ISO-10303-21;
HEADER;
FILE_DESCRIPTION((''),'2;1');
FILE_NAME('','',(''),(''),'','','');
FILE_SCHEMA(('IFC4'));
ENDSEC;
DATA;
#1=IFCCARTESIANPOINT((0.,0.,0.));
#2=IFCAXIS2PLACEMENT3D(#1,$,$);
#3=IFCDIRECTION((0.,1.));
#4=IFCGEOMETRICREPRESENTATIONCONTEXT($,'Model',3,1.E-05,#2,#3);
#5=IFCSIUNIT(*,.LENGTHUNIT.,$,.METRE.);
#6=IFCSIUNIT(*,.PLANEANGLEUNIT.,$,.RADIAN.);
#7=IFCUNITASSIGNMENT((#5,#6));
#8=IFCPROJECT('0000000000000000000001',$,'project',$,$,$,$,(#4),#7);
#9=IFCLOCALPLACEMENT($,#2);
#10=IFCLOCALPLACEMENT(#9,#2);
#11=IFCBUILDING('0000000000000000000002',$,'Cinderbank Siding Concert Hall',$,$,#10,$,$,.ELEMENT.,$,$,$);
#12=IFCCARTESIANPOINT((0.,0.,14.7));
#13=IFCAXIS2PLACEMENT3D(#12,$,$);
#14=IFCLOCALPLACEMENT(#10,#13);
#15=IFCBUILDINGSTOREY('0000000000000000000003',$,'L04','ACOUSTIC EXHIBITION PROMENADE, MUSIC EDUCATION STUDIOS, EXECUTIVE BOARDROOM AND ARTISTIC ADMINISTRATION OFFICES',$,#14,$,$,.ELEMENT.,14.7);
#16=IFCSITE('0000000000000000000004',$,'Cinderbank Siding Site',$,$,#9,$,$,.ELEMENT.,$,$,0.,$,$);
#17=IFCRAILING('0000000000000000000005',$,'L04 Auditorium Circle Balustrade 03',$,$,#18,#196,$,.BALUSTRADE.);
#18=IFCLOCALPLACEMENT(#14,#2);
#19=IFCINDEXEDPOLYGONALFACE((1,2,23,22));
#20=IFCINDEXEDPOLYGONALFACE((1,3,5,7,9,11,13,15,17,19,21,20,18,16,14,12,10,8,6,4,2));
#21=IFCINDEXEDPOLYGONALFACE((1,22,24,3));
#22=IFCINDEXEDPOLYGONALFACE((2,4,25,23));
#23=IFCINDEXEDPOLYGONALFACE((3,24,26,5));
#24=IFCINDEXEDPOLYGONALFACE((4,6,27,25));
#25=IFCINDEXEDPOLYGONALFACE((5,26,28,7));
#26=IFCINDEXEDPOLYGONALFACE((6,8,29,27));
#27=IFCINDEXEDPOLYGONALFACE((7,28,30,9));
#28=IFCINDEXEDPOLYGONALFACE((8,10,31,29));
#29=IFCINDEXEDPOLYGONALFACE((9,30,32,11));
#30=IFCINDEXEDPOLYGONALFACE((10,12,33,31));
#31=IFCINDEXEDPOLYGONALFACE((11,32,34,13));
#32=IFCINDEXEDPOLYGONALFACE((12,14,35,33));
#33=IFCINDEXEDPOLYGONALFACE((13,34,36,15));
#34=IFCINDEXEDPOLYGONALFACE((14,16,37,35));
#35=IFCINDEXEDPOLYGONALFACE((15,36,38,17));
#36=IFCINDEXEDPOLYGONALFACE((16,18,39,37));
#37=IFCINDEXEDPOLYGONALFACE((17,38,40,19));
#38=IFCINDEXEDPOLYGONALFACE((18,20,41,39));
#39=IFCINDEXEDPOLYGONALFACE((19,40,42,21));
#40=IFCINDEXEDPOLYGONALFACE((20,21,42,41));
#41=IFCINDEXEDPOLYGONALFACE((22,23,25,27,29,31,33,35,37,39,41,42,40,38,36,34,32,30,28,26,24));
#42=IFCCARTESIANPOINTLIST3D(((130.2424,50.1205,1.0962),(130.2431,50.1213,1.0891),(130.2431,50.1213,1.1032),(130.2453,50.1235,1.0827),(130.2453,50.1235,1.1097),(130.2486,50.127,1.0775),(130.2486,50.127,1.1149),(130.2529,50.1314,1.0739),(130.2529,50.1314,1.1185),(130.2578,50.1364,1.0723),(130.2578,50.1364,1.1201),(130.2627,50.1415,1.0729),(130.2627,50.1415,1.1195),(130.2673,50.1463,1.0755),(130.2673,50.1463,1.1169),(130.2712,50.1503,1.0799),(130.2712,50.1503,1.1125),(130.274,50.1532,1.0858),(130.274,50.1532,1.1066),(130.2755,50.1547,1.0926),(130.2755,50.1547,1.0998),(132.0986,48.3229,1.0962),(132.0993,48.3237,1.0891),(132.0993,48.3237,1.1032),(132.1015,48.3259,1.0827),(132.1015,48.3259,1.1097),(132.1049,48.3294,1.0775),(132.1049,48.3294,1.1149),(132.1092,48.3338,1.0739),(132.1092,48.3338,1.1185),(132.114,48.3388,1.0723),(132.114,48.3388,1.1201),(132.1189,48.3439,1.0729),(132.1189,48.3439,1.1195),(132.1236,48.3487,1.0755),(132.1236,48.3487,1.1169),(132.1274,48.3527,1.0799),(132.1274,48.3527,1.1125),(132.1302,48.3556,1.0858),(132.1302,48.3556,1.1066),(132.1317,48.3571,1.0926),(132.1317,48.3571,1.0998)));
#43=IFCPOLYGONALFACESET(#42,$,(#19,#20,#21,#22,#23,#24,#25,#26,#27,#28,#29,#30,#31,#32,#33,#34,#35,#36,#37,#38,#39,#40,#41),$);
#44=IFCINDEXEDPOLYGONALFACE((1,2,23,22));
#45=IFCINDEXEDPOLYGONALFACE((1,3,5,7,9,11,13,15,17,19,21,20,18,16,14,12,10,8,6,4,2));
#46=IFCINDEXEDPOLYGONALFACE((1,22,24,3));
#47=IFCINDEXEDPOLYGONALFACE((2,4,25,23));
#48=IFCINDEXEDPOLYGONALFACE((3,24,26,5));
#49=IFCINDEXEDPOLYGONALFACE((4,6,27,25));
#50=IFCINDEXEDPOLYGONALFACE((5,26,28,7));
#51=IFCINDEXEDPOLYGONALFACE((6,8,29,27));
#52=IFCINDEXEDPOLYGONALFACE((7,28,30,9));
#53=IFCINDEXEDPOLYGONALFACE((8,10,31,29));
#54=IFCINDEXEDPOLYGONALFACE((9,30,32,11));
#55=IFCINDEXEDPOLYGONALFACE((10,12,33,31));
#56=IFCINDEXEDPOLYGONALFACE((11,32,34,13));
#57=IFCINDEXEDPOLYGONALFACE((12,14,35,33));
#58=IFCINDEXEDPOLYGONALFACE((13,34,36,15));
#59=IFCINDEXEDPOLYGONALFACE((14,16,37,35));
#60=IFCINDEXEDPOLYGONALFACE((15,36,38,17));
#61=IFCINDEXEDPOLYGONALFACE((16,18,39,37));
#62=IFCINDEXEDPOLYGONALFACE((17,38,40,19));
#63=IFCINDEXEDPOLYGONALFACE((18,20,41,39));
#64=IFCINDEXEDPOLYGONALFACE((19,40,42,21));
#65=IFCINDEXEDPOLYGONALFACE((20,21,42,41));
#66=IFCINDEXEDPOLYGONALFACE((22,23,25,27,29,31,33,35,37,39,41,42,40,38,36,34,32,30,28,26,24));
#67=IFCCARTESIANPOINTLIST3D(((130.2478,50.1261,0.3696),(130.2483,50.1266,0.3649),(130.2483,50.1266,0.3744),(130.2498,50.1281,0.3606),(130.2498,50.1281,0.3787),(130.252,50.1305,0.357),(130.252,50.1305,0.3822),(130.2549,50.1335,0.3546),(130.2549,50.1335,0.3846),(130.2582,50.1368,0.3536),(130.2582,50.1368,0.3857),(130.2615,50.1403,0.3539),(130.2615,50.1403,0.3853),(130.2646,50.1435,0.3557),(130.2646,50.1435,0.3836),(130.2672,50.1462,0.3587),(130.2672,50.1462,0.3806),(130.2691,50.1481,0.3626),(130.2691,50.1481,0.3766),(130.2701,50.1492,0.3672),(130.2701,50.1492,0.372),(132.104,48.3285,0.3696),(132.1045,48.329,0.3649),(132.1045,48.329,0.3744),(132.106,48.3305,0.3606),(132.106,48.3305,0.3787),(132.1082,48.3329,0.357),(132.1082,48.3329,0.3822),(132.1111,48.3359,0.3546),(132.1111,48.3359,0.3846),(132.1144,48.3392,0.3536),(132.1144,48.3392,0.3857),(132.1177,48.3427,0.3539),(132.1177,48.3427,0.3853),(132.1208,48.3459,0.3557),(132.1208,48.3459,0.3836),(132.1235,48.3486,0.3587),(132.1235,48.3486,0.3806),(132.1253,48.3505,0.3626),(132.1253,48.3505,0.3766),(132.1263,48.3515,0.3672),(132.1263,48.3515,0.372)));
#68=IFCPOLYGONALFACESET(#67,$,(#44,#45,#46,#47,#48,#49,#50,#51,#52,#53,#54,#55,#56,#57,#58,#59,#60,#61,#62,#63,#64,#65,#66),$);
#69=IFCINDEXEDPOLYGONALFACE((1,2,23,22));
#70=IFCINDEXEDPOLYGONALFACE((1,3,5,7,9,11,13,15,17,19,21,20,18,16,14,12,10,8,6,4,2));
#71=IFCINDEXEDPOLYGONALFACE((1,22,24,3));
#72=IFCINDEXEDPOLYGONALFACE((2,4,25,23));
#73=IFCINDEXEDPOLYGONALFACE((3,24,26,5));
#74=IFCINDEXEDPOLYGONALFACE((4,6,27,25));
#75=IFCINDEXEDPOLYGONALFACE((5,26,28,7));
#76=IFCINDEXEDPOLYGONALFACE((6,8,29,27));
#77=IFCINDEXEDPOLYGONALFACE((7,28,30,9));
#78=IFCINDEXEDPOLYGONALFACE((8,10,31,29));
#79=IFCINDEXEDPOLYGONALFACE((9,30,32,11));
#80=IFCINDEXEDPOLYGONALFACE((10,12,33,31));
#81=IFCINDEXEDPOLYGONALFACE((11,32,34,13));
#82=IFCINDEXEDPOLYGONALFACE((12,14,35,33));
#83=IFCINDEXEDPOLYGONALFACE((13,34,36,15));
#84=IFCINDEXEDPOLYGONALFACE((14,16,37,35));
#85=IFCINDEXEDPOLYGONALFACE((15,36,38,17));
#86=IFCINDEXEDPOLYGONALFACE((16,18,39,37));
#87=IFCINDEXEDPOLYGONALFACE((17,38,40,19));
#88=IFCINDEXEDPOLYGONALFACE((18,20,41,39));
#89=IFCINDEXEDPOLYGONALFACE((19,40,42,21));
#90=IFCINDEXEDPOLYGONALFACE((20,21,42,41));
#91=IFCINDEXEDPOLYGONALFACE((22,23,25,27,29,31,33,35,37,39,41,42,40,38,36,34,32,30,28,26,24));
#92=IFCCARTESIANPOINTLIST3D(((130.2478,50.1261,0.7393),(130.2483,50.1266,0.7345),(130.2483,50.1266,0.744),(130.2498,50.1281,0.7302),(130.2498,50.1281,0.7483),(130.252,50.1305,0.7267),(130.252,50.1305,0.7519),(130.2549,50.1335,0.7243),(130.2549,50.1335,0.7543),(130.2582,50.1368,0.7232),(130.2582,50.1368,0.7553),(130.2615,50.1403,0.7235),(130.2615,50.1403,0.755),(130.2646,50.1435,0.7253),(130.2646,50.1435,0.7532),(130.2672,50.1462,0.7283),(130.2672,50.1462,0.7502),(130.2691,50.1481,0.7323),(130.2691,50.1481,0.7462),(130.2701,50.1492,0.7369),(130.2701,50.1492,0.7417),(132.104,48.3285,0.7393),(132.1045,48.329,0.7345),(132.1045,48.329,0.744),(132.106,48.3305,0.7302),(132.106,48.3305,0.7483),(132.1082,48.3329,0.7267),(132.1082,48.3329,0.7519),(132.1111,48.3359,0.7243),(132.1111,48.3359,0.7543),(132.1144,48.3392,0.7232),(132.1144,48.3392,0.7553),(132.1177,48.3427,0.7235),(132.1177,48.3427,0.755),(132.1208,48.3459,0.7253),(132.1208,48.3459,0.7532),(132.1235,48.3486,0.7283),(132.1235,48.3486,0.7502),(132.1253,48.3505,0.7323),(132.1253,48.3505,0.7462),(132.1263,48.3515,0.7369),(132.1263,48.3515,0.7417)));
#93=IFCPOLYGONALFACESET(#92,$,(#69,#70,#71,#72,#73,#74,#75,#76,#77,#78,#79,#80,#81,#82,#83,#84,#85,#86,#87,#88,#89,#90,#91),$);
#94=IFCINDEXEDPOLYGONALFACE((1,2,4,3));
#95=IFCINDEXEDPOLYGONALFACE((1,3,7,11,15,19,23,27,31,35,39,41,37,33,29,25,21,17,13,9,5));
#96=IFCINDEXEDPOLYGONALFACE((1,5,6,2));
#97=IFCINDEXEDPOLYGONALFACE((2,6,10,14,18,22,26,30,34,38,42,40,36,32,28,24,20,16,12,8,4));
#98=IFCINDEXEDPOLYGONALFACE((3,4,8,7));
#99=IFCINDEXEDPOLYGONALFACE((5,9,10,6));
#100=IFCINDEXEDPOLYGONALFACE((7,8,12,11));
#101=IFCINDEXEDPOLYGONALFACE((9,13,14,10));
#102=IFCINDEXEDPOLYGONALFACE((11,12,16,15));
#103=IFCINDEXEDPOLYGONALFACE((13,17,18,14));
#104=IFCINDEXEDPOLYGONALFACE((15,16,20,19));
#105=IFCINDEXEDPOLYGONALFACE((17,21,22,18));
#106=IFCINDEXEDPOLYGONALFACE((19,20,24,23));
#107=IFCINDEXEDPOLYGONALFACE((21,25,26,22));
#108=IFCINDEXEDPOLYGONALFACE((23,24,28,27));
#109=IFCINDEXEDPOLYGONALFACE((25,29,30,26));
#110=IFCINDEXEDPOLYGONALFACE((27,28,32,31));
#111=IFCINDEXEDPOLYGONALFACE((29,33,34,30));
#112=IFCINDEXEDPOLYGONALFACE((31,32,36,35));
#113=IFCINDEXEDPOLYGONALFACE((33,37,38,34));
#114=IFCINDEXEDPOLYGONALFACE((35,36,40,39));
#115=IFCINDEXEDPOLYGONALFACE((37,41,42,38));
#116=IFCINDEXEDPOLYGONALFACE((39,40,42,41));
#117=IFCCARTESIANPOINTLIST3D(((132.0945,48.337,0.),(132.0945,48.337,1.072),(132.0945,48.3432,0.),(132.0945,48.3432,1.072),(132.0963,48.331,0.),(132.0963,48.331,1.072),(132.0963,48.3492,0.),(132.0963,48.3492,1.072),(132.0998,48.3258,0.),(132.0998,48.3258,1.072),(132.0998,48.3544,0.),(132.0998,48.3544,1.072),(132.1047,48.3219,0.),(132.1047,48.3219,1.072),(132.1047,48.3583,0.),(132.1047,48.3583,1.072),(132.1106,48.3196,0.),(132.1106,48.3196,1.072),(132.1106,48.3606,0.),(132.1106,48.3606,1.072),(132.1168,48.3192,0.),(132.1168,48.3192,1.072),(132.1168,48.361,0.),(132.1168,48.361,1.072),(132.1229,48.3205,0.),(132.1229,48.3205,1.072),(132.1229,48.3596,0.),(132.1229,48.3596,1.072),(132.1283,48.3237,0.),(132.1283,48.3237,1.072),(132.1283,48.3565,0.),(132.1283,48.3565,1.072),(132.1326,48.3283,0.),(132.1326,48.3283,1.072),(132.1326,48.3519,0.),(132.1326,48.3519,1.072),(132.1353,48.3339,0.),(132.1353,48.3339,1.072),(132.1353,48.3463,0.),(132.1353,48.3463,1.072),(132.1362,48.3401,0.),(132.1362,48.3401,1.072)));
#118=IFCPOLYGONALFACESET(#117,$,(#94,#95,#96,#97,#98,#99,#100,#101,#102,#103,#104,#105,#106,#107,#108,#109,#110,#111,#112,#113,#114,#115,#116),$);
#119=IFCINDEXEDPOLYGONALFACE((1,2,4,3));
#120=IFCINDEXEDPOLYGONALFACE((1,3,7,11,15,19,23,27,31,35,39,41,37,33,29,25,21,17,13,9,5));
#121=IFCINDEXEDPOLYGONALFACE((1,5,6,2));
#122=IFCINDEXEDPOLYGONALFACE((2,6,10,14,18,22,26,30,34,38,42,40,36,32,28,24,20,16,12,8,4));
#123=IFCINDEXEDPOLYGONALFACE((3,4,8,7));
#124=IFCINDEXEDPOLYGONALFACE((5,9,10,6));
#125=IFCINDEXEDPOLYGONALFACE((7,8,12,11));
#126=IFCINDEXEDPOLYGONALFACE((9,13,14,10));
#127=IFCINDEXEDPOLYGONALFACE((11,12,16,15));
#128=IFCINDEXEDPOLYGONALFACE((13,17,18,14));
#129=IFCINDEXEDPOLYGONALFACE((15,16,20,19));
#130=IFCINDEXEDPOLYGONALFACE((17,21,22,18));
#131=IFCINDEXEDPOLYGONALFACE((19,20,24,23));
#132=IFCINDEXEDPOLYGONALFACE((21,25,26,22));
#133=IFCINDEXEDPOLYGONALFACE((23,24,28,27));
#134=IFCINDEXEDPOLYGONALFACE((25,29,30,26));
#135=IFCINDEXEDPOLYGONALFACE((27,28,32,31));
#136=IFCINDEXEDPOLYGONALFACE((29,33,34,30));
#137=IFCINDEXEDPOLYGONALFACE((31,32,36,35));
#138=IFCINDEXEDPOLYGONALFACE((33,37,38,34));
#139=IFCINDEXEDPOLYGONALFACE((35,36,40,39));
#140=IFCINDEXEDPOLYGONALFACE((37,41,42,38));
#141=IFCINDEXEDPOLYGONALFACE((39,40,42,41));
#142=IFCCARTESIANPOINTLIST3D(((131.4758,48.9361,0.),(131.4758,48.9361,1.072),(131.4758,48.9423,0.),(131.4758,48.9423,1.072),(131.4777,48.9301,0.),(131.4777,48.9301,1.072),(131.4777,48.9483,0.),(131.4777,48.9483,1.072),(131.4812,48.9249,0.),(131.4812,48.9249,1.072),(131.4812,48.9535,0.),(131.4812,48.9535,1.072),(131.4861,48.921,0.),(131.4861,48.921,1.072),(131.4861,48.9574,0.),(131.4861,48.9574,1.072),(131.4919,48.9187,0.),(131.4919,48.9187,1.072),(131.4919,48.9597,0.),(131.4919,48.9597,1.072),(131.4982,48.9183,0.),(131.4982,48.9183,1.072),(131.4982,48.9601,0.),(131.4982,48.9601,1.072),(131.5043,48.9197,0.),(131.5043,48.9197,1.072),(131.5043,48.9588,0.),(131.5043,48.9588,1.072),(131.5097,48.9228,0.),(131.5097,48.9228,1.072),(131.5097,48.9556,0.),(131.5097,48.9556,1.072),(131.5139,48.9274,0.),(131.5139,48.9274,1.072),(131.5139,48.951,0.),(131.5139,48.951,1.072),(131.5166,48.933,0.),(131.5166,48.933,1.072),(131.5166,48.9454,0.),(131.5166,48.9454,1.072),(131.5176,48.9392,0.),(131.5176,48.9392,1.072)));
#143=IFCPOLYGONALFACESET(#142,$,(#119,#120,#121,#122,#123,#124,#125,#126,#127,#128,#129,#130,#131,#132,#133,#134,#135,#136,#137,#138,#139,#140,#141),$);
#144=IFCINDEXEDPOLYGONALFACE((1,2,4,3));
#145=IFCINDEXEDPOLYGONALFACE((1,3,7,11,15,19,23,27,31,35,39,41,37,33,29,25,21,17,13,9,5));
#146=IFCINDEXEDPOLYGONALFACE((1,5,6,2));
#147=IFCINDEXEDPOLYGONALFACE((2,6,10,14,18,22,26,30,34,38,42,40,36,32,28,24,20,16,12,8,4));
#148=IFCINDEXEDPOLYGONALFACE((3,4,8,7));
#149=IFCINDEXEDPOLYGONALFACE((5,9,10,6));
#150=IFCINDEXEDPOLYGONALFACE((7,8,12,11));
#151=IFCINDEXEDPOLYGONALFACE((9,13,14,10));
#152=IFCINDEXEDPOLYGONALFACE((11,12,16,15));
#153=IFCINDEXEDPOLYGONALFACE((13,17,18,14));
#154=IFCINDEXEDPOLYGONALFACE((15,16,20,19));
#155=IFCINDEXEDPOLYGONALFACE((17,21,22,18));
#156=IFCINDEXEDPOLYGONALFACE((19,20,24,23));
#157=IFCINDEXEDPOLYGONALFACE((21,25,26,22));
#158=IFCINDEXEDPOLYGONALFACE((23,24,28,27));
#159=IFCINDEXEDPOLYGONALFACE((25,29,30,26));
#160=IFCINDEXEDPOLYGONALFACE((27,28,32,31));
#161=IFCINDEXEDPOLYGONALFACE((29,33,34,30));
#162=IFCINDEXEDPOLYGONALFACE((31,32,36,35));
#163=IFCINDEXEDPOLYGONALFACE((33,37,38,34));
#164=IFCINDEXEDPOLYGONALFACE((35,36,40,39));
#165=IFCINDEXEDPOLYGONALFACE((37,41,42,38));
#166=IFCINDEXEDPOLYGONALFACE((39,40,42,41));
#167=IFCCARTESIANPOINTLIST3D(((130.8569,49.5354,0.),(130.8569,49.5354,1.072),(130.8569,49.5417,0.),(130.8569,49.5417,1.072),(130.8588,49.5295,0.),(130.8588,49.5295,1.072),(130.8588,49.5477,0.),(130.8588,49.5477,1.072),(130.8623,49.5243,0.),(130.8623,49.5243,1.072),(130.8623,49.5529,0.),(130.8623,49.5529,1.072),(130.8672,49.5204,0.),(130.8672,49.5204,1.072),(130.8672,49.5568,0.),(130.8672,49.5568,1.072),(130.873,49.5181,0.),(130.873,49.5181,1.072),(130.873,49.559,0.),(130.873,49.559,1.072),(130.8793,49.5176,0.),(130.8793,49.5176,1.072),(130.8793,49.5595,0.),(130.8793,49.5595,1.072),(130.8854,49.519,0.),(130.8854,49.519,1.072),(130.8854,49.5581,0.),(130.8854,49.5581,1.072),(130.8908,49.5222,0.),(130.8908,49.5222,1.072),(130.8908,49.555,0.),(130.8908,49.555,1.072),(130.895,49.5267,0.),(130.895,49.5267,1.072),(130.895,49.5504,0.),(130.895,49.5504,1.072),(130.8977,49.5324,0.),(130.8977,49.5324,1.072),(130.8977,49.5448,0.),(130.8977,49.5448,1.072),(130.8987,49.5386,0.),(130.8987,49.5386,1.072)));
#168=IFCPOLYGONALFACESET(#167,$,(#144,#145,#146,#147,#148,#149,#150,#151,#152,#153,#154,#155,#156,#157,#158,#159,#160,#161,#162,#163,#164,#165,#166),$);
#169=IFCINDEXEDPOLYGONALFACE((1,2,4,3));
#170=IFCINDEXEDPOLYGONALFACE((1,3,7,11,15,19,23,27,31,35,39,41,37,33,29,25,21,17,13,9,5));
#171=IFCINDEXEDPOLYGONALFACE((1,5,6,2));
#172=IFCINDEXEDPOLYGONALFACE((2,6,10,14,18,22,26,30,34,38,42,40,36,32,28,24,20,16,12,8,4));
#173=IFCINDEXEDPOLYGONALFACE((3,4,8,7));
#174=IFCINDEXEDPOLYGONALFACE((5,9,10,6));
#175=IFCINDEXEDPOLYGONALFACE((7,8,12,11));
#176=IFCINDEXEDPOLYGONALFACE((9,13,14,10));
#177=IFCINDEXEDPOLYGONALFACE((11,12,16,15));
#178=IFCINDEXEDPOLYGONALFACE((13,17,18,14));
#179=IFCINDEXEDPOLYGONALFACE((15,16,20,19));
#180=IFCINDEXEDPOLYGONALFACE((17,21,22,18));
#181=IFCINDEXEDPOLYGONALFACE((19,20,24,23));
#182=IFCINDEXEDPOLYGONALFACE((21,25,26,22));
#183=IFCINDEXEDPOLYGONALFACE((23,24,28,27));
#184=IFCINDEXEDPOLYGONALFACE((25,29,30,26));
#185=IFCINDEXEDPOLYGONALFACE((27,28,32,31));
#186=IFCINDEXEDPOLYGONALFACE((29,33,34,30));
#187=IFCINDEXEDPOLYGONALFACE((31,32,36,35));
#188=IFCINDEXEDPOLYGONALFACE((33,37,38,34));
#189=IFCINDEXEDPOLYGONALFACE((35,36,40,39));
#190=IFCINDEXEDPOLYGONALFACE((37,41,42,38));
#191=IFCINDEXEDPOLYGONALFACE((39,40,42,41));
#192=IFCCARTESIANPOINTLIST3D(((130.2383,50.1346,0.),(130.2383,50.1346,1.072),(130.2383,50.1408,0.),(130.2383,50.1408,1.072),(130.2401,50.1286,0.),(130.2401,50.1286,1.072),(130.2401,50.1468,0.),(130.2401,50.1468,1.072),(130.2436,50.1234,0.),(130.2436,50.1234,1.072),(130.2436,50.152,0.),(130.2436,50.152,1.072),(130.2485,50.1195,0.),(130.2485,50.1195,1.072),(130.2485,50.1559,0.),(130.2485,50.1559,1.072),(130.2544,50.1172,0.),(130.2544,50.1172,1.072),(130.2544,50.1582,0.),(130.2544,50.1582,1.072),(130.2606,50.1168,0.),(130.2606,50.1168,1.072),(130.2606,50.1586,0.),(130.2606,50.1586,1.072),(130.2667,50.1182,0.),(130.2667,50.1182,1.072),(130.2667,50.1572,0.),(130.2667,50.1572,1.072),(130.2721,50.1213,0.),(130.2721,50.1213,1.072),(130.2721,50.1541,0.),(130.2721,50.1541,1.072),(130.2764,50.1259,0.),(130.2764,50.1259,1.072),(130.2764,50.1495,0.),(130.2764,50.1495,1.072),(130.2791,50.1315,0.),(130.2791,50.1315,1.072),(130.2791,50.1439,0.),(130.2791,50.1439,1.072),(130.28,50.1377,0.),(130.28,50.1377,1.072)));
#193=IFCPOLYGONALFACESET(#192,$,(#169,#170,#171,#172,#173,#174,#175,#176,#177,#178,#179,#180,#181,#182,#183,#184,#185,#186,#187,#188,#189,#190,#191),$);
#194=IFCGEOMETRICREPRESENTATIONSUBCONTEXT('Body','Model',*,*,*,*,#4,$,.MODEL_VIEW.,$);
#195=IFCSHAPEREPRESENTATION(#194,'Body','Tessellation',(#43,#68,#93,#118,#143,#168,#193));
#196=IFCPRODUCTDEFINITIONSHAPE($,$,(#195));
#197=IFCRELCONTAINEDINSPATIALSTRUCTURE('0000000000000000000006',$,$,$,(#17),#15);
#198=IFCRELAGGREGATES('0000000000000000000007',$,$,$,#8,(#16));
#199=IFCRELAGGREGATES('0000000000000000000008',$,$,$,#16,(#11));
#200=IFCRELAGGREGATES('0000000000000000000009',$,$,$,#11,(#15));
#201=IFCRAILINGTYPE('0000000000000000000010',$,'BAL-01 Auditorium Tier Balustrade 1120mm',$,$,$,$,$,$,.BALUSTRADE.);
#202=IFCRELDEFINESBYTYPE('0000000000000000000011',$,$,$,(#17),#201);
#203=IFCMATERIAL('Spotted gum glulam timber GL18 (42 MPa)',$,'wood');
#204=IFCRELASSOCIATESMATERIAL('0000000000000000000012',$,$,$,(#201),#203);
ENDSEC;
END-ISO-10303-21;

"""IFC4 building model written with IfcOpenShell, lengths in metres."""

from ifc_helpers import new_model, si_unit, direction, frame, origin, origin_2d, place, context, subcontext, project, spatial, circle, extrude, material, type_object, element, save


model = new_model("IFC4")

# Units and contexts
model_context = context("Model", 3, precision=1e-05, world=origin(), true_north=direction((0.0, 1.0)))
body_context = subcontext(model_context, "Body", "Model", "MODEL_VIEW")
ifc_project = project(units=[si_unit("LENGTHUNIT", "METRE"), si_unit("PLANEANGLEUNIT", "RADIAN")], contexts=[model_context])

# Site, building, storey
site_placement = place(None, origin())
site = spatial("IfcSite", under=ifc_project, at=site_placement, Name="Cinderbank Siding Site", CompositionType="ELEMENT", RefElevation=0.0)
building_placement = place(site_placement, origin())
building = spatial("IfcBuilding", under=site, at=building_placement, Name="Cinderbank Siding Concert Hall", CompositionType="ELEMENT")
storey_placement = place(building_placement, frame((0.0, 0.0, 14.7)))
storey = spatial("IfcBuildingStorey", under=building, at=storey_placement, Name="L04", Description="ACOUSTIC EXHIBITION PROMENADE, MUSIC EDUCATION STUDIOS, EXECUTIVE BOARDROOM AND ARTISTIC ADMINISTRATION OFFICES", CompositionType="ELEMENT", Elevation=14.7)

# Shared definitions
ifc_material_1 = material(Name="Spotted gum glulam timber GL18 (42 MPa)", Category="wood")

# Railing
railing_type = type_object("IfcRailingType", Name="BAL-01 Auditorium Tier Balustrade 1120mm", PredefinedType="BALUSTRADE", material=ifc_material_1)
railing_1_placement = place(storey_placement, frame((132.1152, 48.3401, 0.0)))
element("IfcRailing", 1, at=railing_1_placement, inside=storey, type_object=railing_type, Name="L04 Auditorium Circle Balustrade 03", PredefinedType="BALUSTRADE", context=body_context, shape_type="SweptSolid", body=[
    extrude(circle(Radius=0.0239, at=origin_2d()), frame((0.0, 0.0, 1.0962), z_axis=(-0.718354, 0.695678, 0.0), x_axis=(-0.695678, -0.718354, 0.0)), (0.0, 0.0, 1.0), 2.584),
    extrude(circle(Radius=0.0161, at=origin_2d()), frame((0.0, 0.0, 0.3696), z_axis=(-0.718354, 0.695678, 0.0), x_axis=(-0.695678, -0.718354, 0.0)), (0.0, 0.0, 1.0), 2.584),
    extrude(circle(Radius=0.0161, at=origin_2d()), frame((0.0, 0.0, 0.7393), z_axis=(-0.718354, 0.695678, 0.0), x_axis=(-0.695678, -0.718354, 0.0)), (0.0, 0.0, 1.0), 2.584),
    extrude(circle(Radius=0.021, at=origin_2d()), origin(), (0.0, 0.0, 1.0), 1.072),
    extrude(circle(Radius=0.021, at=origin_2d()), frame((-0.6187, 0.5991, 0.0)), (0.0, 0.0, 1.0), 1.072),
    extrude(circle(Radius=0.021, at=origin_2d()), frame((-1.2375, 1.1985, 0.0)), (0.0, 0.0, 1.0), 1.072),
    extrude(circle(Radius=0.021, at=origin_2d()), frame((-1.8562, 1.7976, 0.0)), (0.0, 0.0, 1.0), 1.072),
])

save(model, "model.ifc")
